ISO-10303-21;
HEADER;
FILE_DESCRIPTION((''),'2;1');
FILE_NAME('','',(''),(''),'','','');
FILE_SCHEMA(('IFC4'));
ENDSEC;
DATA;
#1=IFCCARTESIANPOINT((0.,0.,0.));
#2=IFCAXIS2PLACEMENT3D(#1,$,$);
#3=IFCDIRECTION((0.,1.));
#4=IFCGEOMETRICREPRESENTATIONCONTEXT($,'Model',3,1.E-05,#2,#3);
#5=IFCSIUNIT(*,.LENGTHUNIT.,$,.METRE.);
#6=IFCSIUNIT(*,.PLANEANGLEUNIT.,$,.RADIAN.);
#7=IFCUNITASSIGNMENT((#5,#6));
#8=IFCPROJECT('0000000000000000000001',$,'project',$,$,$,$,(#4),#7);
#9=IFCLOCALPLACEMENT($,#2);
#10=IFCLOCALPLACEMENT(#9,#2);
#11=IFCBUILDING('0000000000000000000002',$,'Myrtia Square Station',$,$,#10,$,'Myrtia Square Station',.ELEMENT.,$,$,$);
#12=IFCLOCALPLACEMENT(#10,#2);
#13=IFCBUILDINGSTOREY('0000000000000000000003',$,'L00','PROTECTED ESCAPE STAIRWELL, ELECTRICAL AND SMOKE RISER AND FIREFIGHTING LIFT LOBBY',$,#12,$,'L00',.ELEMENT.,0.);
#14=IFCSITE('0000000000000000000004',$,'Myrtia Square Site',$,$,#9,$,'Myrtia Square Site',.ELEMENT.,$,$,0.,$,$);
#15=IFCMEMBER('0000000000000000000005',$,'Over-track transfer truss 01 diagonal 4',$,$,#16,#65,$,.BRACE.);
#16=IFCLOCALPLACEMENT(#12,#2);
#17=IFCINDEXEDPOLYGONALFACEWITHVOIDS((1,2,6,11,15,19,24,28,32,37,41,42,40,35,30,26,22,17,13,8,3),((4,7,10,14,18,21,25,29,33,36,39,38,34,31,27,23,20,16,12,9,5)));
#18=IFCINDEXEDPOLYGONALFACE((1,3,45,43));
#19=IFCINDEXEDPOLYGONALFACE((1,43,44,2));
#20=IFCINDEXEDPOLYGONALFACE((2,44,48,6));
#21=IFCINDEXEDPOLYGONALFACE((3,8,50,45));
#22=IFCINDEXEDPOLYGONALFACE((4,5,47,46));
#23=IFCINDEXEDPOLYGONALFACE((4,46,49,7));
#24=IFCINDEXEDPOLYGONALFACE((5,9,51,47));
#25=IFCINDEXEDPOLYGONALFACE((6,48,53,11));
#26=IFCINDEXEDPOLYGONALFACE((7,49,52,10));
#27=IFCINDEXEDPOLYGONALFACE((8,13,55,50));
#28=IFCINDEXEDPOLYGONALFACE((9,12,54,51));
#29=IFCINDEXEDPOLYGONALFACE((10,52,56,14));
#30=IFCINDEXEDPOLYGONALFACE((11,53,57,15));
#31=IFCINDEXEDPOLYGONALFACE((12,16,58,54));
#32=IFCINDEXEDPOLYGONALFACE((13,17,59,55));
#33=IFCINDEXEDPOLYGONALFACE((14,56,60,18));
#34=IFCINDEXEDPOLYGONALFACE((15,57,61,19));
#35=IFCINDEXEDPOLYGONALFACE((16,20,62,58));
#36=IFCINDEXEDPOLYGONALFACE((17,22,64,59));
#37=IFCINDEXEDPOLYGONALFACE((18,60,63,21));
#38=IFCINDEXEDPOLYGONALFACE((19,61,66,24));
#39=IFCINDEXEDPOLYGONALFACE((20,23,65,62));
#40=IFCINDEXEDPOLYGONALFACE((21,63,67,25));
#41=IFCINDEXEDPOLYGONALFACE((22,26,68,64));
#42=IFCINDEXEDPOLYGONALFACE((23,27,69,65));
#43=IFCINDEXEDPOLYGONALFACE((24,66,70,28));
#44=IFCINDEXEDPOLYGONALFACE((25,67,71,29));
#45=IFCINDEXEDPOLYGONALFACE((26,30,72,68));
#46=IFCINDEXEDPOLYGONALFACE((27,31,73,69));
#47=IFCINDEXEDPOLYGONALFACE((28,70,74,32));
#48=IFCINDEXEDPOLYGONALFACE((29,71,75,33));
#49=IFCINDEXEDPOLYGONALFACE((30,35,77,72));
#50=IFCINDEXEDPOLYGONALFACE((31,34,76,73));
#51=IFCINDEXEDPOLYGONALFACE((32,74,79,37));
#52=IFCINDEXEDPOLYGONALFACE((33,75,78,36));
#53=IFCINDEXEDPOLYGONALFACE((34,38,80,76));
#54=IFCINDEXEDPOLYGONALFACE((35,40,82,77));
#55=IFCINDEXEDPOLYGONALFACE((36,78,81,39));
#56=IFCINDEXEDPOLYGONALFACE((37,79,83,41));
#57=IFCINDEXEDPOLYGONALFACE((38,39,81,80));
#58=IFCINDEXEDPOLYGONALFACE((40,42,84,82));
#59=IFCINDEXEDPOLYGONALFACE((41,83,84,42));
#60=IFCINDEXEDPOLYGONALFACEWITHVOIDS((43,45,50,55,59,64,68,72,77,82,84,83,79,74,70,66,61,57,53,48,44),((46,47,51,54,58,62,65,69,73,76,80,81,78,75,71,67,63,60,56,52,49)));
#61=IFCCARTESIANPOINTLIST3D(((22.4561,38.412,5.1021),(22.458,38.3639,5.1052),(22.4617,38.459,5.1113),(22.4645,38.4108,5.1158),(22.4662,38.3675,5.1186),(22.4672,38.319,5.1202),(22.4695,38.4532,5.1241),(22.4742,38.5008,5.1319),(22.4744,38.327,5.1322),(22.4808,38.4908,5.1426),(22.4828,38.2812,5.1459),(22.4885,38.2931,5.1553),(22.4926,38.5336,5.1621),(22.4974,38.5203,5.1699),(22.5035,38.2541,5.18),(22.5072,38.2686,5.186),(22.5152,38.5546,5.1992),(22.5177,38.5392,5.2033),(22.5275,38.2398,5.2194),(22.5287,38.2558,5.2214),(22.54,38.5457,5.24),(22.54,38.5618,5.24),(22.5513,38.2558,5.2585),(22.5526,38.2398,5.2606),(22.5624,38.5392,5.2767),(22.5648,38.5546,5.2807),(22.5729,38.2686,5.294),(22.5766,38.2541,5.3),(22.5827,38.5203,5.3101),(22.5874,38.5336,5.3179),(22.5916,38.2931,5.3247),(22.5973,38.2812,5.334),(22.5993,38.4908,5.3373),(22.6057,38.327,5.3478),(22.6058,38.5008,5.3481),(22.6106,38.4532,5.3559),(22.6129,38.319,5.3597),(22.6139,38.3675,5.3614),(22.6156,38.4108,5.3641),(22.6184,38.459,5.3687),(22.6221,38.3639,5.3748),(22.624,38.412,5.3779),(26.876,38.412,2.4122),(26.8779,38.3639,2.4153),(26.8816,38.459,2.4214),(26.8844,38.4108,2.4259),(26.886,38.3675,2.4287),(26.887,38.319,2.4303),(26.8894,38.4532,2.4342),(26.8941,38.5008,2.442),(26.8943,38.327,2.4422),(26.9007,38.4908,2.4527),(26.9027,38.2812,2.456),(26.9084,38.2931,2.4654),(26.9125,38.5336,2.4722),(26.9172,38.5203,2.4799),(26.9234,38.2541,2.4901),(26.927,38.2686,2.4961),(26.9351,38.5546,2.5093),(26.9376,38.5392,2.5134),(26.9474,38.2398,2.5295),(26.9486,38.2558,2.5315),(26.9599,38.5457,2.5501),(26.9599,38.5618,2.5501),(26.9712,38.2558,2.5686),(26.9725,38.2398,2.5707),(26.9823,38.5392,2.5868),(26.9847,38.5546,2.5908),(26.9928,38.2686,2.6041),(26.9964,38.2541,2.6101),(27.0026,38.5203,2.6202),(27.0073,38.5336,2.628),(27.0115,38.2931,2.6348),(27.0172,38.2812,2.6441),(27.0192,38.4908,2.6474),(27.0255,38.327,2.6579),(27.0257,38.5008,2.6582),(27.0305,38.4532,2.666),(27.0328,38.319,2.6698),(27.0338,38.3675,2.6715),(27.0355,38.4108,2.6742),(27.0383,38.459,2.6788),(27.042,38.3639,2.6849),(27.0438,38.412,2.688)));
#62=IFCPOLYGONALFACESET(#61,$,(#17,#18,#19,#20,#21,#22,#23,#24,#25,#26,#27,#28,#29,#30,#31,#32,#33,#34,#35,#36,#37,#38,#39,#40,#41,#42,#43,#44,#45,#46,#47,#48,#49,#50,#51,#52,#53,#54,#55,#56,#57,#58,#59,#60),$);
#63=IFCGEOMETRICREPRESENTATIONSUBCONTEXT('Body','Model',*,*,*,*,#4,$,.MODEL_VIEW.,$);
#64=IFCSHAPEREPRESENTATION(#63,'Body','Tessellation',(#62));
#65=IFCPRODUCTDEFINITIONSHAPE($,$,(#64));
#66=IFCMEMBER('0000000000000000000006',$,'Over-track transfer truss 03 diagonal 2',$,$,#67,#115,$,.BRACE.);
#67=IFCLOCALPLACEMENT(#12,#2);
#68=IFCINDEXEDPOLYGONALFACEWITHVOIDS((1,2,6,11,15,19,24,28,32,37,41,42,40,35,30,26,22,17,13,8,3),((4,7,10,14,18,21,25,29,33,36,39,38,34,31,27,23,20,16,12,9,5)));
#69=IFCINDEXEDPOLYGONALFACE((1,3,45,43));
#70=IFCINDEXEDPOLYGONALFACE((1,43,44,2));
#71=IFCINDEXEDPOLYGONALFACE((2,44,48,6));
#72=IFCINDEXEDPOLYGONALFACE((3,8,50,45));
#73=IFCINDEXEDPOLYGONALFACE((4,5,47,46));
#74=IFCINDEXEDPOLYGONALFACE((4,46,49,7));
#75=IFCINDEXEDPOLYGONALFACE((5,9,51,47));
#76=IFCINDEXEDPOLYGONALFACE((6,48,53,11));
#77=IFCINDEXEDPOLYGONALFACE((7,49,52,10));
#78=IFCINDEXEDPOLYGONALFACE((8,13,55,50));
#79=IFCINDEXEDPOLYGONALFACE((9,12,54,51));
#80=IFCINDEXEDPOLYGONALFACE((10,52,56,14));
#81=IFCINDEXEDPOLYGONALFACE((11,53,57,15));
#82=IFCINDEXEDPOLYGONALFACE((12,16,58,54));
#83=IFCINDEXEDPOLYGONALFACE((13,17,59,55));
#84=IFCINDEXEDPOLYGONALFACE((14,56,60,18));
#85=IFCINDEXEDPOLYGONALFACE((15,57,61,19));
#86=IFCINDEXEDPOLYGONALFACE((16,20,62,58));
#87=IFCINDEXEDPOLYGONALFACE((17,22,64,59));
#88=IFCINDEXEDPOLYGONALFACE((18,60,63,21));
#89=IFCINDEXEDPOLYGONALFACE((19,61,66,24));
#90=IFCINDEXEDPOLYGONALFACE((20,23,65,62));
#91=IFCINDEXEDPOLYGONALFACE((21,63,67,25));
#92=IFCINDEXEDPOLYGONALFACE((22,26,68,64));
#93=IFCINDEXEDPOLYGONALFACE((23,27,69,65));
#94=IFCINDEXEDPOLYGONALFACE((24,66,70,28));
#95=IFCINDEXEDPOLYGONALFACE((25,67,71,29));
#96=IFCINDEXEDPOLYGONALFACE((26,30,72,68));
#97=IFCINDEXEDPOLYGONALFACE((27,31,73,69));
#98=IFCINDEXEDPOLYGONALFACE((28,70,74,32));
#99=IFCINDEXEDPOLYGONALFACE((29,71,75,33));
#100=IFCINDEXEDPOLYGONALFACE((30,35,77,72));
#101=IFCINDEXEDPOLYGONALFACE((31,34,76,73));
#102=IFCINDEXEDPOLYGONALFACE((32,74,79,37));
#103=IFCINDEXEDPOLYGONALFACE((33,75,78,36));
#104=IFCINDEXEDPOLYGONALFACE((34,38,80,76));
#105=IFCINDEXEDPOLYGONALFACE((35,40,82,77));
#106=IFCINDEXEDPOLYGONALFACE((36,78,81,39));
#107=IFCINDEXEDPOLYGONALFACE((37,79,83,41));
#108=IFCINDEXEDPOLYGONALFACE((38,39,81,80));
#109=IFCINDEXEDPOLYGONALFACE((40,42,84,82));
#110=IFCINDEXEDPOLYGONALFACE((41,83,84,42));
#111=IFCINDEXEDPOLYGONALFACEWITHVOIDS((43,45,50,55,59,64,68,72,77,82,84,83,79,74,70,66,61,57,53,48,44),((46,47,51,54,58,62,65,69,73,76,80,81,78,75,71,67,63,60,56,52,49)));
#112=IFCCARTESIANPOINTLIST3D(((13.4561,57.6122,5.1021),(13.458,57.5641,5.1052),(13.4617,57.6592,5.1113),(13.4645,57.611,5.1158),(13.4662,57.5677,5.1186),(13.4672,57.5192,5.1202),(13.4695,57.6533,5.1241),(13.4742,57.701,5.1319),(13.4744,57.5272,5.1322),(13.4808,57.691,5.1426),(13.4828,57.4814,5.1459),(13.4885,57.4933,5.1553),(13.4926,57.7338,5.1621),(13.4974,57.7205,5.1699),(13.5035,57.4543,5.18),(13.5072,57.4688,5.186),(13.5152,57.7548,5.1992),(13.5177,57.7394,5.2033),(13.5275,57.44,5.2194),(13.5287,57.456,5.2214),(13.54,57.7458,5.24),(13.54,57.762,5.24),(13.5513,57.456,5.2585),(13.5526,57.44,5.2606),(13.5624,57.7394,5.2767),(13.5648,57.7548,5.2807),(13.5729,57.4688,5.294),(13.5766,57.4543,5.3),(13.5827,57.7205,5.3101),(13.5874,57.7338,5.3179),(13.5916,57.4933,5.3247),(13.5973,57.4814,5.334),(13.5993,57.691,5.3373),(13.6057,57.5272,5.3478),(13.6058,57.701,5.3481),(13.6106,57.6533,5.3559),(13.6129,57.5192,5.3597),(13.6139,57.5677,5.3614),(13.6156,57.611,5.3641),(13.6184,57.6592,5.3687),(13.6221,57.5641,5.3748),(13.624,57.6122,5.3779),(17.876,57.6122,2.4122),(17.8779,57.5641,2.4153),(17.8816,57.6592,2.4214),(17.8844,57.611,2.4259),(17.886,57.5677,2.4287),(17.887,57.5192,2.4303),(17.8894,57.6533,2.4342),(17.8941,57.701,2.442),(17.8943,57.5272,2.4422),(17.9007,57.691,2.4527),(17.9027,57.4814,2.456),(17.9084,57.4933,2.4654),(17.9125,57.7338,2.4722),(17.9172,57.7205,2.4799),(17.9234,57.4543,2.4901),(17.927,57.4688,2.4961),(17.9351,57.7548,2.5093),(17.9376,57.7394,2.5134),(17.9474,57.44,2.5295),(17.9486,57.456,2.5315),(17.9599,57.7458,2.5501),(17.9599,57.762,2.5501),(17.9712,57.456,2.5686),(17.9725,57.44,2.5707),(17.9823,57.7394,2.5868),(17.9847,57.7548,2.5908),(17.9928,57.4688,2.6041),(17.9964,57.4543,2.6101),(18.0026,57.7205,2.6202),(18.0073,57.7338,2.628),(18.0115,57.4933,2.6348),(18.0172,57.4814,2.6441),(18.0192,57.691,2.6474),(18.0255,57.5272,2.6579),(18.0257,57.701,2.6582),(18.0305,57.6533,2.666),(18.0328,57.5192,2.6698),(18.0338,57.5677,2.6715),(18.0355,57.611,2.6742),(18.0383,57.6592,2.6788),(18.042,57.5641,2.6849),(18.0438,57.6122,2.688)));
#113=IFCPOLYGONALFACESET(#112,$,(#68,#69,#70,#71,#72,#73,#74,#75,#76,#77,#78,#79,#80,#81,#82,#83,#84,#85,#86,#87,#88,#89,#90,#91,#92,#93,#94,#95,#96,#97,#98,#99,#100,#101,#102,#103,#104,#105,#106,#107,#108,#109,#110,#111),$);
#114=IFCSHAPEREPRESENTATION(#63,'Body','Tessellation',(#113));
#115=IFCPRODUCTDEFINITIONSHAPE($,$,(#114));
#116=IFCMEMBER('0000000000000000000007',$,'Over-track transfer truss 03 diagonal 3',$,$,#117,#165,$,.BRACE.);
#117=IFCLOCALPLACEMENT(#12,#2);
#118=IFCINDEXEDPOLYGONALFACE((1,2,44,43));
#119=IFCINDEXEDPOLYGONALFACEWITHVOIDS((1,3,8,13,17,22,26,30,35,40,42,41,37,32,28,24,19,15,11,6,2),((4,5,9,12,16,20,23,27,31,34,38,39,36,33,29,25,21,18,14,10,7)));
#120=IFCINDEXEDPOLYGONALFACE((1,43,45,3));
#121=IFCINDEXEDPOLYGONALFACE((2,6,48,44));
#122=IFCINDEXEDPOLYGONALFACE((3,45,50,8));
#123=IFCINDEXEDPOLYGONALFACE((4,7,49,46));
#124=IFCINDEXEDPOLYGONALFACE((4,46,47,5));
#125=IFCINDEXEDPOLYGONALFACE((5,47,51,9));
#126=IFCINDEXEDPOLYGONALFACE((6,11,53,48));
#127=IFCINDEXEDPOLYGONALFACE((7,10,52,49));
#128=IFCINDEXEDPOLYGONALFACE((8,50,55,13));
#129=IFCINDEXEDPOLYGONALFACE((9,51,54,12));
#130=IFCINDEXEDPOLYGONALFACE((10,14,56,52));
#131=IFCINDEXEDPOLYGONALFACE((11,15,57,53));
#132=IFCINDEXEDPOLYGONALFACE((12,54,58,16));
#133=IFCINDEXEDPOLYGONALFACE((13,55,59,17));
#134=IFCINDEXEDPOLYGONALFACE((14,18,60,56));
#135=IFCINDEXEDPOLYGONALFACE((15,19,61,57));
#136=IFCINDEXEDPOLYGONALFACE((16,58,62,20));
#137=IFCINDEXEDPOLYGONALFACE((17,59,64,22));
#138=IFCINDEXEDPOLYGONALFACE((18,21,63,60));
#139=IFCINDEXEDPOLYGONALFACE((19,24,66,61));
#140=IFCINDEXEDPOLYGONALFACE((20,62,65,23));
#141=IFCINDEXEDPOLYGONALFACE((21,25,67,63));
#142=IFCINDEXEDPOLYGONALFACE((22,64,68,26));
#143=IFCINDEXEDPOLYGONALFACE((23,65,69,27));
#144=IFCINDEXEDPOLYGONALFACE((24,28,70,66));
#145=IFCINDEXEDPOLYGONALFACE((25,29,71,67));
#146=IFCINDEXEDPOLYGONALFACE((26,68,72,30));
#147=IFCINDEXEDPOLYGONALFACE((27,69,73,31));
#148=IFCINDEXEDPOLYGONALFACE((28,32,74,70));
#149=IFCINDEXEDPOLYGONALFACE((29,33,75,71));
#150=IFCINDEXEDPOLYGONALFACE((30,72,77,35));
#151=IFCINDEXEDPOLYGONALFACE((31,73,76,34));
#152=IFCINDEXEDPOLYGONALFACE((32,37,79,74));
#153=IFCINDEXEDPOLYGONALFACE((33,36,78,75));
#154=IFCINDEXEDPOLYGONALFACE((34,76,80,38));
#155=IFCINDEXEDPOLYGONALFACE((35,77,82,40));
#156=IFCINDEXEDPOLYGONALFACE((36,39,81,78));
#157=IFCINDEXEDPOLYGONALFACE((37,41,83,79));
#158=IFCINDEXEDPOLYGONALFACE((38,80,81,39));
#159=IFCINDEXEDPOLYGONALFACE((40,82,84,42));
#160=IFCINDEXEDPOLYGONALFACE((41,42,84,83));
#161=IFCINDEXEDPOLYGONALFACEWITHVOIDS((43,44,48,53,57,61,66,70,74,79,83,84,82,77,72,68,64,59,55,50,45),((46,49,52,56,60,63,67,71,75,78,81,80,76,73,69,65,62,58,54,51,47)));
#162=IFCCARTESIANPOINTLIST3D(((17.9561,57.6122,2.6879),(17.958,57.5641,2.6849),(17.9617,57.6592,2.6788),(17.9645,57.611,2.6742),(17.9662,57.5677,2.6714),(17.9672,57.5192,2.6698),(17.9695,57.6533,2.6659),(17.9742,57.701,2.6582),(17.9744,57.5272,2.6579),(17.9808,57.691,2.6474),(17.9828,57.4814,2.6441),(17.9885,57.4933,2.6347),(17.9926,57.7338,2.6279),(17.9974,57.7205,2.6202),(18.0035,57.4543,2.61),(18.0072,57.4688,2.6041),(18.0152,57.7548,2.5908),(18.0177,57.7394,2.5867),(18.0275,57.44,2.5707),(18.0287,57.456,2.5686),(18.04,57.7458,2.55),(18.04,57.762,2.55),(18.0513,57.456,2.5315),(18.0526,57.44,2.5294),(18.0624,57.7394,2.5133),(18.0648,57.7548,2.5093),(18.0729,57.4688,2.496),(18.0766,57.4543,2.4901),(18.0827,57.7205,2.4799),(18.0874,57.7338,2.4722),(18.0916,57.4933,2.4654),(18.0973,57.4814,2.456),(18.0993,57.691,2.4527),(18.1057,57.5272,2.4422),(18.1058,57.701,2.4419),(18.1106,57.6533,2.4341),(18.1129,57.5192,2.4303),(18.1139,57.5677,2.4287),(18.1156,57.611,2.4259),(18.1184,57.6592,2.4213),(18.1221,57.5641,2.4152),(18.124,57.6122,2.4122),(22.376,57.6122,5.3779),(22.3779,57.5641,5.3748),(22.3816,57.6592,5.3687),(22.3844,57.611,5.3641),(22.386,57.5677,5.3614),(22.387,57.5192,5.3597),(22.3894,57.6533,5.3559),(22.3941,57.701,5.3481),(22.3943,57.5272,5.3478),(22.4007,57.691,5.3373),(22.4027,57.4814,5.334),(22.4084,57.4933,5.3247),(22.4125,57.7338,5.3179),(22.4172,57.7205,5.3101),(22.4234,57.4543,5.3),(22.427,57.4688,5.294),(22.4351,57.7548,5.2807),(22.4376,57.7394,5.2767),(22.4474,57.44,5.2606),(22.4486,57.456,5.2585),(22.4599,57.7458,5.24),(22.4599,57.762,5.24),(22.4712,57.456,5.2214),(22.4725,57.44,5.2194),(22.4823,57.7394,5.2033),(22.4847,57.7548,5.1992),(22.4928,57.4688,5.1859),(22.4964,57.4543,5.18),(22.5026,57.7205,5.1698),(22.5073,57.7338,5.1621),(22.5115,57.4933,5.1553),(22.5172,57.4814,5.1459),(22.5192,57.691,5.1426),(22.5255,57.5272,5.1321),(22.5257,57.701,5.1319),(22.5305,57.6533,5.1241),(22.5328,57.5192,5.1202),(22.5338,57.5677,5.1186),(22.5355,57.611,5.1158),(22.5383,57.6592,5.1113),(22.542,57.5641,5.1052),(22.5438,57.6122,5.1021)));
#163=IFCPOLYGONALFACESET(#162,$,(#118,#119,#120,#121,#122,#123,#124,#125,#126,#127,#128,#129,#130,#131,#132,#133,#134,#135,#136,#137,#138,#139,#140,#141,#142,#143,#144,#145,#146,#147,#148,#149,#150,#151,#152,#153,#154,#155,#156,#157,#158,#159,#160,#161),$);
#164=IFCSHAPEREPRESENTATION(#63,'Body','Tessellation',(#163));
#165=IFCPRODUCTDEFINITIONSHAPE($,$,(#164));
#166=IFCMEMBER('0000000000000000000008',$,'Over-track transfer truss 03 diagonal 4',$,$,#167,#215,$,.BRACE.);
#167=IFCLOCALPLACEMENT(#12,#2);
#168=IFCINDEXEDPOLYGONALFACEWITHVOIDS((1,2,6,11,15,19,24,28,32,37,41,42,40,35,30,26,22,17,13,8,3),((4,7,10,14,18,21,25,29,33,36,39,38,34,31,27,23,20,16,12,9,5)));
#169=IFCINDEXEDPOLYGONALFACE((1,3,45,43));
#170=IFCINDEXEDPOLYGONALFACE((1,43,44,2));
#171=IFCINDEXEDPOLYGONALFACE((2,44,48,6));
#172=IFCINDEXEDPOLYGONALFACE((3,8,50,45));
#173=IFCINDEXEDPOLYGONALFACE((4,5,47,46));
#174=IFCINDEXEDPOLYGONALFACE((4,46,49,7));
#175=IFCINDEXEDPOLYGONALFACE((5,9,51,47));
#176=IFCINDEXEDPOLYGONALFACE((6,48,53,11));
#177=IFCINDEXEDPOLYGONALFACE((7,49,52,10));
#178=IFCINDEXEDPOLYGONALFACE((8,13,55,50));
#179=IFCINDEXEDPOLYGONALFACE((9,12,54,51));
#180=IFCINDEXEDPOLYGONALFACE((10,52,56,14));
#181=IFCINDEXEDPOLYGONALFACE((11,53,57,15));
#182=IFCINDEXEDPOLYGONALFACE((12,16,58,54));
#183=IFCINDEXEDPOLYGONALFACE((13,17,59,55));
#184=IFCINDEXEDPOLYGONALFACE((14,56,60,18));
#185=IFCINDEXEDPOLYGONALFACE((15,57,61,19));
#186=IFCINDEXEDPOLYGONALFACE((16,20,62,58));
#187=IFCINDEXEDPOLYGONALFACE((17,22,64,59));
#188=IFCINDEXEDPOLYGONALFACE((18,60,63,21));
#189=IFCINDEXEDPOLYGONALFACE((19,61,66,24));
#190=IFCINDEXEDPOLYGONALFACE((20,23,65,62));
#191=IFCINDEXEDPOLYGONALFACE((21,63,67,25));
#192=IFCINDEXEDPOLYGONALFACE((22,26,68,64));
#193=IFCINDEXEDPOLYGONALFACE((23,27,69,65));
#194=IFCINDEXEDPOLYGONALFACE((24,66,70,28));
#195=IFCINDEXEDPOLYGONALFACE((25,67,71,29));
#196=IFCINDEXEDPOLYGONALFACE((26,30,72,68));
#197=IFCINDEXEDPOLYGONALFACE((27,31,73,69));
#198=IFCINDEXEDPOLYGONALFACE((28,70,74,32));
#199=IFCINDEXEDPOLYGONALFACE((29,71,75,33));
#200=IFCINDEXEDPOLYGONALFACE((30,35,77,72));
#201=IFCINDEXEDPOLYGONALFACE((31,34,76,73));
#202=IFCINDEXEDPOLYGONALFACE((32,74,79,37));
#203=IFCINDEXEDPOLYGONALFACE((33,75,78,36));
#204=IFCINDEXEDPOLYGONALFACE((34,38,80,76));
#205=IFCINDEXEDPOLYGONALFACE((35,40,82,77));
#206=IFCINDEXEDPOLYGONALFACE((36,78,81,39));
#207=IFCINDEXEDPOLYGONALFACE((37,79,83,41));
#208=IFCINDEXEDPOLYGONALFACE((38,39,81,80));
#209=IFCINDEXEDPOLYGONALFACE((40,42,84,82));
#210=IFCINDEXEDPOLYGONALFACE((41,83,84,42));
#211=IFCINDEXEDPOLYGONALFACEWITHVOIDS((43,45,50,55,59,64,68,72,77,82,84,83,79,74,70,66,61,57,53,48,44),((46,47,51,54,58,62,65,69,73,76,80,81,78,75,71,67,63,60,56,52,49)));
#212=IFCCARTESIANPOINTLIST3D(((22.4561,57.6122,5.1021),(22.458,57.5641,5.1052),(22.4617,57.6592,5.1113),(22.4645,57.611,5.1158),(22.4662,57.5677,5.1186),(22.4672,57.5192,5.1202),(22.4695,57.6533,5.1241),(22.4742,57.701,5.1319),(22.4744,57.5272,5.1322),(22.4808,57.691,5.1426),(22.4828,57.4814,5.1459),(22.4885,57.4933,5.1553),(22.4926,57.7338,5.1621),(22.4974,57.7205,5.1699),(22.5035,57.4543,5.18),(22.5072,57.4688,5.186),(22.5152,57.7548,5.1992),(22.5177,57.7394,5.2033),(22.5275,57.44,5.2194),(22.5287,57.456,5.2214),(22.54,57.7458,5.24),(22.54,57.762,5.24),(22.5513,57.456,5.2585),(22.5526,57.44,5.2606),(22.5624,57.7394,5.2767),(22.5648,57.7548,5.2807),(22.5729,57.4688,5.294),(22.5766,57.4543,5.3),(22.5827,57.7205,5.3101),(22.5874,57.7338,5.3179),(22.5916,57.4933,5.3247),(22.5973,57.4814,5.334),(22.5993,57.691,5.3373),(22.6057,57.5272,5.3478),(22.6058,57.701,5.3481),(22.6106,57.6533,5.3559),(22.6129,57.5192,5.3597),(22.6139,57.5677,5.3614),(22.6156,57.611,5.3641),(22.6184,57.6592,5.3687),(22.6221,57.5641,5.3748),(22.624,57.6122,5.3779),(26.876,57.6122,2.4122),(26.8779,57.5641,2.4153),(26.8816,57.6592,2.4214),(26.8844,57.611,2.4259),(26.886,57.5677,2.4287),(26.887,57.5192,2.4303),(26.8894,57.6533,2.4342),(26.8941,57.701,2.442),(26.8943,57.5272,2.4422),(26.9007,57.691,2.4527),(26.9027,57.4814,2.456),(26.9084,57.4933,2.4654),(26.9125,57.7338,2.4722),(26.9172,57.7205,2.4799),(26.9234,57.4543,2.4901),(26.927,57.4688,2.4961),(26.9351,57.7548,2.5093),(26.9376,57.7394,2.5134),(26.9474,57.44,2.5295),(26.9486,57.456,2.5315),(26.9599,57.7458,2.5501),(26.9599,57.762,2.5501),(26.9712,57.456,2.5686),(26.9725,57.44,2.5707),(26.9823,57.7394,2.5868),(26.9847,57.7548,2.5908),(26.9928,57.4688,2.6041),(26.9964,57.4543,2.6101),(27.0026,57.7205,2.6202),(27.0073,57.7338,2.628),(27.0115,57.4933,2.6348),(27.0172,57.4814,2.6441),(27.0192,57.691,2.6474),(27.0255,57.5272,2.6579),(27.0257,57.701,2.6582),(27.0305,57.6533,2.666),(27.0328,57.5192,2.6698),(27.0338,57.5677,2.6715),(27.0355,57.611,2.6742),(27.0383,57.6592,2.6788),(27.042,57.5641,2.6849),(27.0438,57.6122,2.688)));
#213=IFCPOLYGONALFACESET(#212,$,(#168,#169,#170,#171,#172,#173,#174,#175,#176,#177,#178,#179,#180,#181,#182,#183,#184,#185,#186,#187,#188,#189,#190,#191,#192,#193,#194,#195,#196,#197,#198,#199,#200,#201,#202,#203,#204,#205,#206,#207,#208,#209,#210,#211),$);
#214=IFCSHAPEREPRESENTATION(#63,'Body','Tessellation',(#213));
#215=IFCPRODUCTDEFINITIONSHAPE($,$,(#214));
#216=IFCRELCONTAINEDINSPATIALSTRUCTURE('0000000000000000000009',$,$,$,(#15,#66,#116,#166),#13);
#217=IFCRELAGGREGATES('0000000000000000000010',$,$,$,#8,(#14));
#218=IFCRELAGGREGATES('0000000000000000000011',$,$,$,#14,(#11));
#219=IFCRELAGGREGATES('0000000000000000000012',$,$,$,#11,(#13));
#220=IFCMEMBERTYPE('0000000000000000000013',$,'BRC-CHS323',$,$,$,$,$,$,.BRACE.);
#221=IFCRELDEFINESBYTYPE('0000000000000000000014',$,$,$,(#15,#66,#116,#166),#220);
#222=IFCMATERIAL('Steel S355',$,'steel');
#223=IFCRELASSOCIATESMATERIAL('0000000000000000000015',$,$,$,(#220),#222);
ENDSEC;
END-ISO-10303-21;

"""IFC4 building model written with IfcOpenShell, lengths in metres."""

from ifc_helpers import new_model, si_unit, direction, frame, origin, origin_2d, place, context, subcontext, project, spatial, hollow_circle, extrude, material, material_profile, profile_set, type_object, element, save


model = new_model("IFC4")

# Units and contexts
model_context = context("Model", 3, precision=1e-05, world=origin(), true_north=direction((0.0, 1.0)))
body_context = subcontext(model_context, "Body", "Model", "MODEL_VIEW")
ifc_project = project(units=[si_unit("LENGTHUNIT", "METRE"), si_unit("PLANEANGLEUNIT", "RADIAN")], contexts=[model_context])

# Site, building, storey
site_placement = place(None, origin())
site = spatial("IfcSite", under=ifc_project, at=site_placement, Name="Myrtia Square Site", LongName="Myrtia Square Site", CompositionType="ELEMENT", RefElevation=0.0)
building_placement = place(site_placement, origin())
building = spatial("IfcBuilding", under=site, at=building_placement, Name="Myrtia Square Station", LongName="Myrtia Square Station", CompositionType="ELEMENT")
storey_placement = place(building_placement, origin())
storey = spatial("IfcBuildingStorey", under=building, at=storey_placement, Name="L00", Description="PROTECTED ESCAPE STAIRWELL, ELECTRICAL AND SMOKE RISER AND FIREFIGHTING LIFT LOBBY", LongName="L00", CompositionType="ELEMENT", Elevation=0.0)

# Shared definitions
ifc_material_1 = material(Name="Steel S355", Category="steel")

# Members
ifc_material_profile_1 = material_profile(ifc_material_1, hollow_circle(Radius=0.1619, WallThickness=0.0161, at=origin_2d()), Name="CHS 323.9x16")
ifc_profile_set_1 = profile_set([ifc_material_profile_1], Name="Steel S355")
member_type_1 = type_object("IfcMemberType", Name="BRC-CHS323", PredefinedType="BRACE", material=ifc_profile_set_1)
for number, where, z_axis, x_axis, name in (
    (1, (22.54, 38.3999, 5.24), (0.854237, 0.0, -0.519884), (0.0, 1.0, 0.0), "Over-track transfer truss 01 diagonal 4"),
    (2, (13.54, 57.6001, 5.24), (0.854237, 0.0, -0.519884), (0.0, 1.0, 0.0), "Over-track transfer truss 03 diagonal 2"),
    (3, (18.04, 57.6001, 2.55), (0.854237, 0.0, 0.519884), (0.0, 1.0, 0.0), "Over-track transfer truss 03 diagonal 3"),
    (4, (22.54, 57.6001, 5.24), (0.854237, 0.0, -0.519884), (0.0, 1.0, 0.0), "Over-track transfer truss 03 diagonal 4"),
):
    element("IfcMember", number, at=place(storey_placement, frame(where, z_axis=z_axis, x_axis=x_axis)), inside=storey, type_object=member_type_1, Name=name, PredefinedType="BRACE", context=body_context, shape_type="SweptSolid", body=[
        extrude(hollow_circle(Radius=0.1619, WallThickness=0.0161, at=origin_2d()), origin(), (0.0, 0.0, 1.0), 5.1741),
    ])

save(model, "model.ifc")
